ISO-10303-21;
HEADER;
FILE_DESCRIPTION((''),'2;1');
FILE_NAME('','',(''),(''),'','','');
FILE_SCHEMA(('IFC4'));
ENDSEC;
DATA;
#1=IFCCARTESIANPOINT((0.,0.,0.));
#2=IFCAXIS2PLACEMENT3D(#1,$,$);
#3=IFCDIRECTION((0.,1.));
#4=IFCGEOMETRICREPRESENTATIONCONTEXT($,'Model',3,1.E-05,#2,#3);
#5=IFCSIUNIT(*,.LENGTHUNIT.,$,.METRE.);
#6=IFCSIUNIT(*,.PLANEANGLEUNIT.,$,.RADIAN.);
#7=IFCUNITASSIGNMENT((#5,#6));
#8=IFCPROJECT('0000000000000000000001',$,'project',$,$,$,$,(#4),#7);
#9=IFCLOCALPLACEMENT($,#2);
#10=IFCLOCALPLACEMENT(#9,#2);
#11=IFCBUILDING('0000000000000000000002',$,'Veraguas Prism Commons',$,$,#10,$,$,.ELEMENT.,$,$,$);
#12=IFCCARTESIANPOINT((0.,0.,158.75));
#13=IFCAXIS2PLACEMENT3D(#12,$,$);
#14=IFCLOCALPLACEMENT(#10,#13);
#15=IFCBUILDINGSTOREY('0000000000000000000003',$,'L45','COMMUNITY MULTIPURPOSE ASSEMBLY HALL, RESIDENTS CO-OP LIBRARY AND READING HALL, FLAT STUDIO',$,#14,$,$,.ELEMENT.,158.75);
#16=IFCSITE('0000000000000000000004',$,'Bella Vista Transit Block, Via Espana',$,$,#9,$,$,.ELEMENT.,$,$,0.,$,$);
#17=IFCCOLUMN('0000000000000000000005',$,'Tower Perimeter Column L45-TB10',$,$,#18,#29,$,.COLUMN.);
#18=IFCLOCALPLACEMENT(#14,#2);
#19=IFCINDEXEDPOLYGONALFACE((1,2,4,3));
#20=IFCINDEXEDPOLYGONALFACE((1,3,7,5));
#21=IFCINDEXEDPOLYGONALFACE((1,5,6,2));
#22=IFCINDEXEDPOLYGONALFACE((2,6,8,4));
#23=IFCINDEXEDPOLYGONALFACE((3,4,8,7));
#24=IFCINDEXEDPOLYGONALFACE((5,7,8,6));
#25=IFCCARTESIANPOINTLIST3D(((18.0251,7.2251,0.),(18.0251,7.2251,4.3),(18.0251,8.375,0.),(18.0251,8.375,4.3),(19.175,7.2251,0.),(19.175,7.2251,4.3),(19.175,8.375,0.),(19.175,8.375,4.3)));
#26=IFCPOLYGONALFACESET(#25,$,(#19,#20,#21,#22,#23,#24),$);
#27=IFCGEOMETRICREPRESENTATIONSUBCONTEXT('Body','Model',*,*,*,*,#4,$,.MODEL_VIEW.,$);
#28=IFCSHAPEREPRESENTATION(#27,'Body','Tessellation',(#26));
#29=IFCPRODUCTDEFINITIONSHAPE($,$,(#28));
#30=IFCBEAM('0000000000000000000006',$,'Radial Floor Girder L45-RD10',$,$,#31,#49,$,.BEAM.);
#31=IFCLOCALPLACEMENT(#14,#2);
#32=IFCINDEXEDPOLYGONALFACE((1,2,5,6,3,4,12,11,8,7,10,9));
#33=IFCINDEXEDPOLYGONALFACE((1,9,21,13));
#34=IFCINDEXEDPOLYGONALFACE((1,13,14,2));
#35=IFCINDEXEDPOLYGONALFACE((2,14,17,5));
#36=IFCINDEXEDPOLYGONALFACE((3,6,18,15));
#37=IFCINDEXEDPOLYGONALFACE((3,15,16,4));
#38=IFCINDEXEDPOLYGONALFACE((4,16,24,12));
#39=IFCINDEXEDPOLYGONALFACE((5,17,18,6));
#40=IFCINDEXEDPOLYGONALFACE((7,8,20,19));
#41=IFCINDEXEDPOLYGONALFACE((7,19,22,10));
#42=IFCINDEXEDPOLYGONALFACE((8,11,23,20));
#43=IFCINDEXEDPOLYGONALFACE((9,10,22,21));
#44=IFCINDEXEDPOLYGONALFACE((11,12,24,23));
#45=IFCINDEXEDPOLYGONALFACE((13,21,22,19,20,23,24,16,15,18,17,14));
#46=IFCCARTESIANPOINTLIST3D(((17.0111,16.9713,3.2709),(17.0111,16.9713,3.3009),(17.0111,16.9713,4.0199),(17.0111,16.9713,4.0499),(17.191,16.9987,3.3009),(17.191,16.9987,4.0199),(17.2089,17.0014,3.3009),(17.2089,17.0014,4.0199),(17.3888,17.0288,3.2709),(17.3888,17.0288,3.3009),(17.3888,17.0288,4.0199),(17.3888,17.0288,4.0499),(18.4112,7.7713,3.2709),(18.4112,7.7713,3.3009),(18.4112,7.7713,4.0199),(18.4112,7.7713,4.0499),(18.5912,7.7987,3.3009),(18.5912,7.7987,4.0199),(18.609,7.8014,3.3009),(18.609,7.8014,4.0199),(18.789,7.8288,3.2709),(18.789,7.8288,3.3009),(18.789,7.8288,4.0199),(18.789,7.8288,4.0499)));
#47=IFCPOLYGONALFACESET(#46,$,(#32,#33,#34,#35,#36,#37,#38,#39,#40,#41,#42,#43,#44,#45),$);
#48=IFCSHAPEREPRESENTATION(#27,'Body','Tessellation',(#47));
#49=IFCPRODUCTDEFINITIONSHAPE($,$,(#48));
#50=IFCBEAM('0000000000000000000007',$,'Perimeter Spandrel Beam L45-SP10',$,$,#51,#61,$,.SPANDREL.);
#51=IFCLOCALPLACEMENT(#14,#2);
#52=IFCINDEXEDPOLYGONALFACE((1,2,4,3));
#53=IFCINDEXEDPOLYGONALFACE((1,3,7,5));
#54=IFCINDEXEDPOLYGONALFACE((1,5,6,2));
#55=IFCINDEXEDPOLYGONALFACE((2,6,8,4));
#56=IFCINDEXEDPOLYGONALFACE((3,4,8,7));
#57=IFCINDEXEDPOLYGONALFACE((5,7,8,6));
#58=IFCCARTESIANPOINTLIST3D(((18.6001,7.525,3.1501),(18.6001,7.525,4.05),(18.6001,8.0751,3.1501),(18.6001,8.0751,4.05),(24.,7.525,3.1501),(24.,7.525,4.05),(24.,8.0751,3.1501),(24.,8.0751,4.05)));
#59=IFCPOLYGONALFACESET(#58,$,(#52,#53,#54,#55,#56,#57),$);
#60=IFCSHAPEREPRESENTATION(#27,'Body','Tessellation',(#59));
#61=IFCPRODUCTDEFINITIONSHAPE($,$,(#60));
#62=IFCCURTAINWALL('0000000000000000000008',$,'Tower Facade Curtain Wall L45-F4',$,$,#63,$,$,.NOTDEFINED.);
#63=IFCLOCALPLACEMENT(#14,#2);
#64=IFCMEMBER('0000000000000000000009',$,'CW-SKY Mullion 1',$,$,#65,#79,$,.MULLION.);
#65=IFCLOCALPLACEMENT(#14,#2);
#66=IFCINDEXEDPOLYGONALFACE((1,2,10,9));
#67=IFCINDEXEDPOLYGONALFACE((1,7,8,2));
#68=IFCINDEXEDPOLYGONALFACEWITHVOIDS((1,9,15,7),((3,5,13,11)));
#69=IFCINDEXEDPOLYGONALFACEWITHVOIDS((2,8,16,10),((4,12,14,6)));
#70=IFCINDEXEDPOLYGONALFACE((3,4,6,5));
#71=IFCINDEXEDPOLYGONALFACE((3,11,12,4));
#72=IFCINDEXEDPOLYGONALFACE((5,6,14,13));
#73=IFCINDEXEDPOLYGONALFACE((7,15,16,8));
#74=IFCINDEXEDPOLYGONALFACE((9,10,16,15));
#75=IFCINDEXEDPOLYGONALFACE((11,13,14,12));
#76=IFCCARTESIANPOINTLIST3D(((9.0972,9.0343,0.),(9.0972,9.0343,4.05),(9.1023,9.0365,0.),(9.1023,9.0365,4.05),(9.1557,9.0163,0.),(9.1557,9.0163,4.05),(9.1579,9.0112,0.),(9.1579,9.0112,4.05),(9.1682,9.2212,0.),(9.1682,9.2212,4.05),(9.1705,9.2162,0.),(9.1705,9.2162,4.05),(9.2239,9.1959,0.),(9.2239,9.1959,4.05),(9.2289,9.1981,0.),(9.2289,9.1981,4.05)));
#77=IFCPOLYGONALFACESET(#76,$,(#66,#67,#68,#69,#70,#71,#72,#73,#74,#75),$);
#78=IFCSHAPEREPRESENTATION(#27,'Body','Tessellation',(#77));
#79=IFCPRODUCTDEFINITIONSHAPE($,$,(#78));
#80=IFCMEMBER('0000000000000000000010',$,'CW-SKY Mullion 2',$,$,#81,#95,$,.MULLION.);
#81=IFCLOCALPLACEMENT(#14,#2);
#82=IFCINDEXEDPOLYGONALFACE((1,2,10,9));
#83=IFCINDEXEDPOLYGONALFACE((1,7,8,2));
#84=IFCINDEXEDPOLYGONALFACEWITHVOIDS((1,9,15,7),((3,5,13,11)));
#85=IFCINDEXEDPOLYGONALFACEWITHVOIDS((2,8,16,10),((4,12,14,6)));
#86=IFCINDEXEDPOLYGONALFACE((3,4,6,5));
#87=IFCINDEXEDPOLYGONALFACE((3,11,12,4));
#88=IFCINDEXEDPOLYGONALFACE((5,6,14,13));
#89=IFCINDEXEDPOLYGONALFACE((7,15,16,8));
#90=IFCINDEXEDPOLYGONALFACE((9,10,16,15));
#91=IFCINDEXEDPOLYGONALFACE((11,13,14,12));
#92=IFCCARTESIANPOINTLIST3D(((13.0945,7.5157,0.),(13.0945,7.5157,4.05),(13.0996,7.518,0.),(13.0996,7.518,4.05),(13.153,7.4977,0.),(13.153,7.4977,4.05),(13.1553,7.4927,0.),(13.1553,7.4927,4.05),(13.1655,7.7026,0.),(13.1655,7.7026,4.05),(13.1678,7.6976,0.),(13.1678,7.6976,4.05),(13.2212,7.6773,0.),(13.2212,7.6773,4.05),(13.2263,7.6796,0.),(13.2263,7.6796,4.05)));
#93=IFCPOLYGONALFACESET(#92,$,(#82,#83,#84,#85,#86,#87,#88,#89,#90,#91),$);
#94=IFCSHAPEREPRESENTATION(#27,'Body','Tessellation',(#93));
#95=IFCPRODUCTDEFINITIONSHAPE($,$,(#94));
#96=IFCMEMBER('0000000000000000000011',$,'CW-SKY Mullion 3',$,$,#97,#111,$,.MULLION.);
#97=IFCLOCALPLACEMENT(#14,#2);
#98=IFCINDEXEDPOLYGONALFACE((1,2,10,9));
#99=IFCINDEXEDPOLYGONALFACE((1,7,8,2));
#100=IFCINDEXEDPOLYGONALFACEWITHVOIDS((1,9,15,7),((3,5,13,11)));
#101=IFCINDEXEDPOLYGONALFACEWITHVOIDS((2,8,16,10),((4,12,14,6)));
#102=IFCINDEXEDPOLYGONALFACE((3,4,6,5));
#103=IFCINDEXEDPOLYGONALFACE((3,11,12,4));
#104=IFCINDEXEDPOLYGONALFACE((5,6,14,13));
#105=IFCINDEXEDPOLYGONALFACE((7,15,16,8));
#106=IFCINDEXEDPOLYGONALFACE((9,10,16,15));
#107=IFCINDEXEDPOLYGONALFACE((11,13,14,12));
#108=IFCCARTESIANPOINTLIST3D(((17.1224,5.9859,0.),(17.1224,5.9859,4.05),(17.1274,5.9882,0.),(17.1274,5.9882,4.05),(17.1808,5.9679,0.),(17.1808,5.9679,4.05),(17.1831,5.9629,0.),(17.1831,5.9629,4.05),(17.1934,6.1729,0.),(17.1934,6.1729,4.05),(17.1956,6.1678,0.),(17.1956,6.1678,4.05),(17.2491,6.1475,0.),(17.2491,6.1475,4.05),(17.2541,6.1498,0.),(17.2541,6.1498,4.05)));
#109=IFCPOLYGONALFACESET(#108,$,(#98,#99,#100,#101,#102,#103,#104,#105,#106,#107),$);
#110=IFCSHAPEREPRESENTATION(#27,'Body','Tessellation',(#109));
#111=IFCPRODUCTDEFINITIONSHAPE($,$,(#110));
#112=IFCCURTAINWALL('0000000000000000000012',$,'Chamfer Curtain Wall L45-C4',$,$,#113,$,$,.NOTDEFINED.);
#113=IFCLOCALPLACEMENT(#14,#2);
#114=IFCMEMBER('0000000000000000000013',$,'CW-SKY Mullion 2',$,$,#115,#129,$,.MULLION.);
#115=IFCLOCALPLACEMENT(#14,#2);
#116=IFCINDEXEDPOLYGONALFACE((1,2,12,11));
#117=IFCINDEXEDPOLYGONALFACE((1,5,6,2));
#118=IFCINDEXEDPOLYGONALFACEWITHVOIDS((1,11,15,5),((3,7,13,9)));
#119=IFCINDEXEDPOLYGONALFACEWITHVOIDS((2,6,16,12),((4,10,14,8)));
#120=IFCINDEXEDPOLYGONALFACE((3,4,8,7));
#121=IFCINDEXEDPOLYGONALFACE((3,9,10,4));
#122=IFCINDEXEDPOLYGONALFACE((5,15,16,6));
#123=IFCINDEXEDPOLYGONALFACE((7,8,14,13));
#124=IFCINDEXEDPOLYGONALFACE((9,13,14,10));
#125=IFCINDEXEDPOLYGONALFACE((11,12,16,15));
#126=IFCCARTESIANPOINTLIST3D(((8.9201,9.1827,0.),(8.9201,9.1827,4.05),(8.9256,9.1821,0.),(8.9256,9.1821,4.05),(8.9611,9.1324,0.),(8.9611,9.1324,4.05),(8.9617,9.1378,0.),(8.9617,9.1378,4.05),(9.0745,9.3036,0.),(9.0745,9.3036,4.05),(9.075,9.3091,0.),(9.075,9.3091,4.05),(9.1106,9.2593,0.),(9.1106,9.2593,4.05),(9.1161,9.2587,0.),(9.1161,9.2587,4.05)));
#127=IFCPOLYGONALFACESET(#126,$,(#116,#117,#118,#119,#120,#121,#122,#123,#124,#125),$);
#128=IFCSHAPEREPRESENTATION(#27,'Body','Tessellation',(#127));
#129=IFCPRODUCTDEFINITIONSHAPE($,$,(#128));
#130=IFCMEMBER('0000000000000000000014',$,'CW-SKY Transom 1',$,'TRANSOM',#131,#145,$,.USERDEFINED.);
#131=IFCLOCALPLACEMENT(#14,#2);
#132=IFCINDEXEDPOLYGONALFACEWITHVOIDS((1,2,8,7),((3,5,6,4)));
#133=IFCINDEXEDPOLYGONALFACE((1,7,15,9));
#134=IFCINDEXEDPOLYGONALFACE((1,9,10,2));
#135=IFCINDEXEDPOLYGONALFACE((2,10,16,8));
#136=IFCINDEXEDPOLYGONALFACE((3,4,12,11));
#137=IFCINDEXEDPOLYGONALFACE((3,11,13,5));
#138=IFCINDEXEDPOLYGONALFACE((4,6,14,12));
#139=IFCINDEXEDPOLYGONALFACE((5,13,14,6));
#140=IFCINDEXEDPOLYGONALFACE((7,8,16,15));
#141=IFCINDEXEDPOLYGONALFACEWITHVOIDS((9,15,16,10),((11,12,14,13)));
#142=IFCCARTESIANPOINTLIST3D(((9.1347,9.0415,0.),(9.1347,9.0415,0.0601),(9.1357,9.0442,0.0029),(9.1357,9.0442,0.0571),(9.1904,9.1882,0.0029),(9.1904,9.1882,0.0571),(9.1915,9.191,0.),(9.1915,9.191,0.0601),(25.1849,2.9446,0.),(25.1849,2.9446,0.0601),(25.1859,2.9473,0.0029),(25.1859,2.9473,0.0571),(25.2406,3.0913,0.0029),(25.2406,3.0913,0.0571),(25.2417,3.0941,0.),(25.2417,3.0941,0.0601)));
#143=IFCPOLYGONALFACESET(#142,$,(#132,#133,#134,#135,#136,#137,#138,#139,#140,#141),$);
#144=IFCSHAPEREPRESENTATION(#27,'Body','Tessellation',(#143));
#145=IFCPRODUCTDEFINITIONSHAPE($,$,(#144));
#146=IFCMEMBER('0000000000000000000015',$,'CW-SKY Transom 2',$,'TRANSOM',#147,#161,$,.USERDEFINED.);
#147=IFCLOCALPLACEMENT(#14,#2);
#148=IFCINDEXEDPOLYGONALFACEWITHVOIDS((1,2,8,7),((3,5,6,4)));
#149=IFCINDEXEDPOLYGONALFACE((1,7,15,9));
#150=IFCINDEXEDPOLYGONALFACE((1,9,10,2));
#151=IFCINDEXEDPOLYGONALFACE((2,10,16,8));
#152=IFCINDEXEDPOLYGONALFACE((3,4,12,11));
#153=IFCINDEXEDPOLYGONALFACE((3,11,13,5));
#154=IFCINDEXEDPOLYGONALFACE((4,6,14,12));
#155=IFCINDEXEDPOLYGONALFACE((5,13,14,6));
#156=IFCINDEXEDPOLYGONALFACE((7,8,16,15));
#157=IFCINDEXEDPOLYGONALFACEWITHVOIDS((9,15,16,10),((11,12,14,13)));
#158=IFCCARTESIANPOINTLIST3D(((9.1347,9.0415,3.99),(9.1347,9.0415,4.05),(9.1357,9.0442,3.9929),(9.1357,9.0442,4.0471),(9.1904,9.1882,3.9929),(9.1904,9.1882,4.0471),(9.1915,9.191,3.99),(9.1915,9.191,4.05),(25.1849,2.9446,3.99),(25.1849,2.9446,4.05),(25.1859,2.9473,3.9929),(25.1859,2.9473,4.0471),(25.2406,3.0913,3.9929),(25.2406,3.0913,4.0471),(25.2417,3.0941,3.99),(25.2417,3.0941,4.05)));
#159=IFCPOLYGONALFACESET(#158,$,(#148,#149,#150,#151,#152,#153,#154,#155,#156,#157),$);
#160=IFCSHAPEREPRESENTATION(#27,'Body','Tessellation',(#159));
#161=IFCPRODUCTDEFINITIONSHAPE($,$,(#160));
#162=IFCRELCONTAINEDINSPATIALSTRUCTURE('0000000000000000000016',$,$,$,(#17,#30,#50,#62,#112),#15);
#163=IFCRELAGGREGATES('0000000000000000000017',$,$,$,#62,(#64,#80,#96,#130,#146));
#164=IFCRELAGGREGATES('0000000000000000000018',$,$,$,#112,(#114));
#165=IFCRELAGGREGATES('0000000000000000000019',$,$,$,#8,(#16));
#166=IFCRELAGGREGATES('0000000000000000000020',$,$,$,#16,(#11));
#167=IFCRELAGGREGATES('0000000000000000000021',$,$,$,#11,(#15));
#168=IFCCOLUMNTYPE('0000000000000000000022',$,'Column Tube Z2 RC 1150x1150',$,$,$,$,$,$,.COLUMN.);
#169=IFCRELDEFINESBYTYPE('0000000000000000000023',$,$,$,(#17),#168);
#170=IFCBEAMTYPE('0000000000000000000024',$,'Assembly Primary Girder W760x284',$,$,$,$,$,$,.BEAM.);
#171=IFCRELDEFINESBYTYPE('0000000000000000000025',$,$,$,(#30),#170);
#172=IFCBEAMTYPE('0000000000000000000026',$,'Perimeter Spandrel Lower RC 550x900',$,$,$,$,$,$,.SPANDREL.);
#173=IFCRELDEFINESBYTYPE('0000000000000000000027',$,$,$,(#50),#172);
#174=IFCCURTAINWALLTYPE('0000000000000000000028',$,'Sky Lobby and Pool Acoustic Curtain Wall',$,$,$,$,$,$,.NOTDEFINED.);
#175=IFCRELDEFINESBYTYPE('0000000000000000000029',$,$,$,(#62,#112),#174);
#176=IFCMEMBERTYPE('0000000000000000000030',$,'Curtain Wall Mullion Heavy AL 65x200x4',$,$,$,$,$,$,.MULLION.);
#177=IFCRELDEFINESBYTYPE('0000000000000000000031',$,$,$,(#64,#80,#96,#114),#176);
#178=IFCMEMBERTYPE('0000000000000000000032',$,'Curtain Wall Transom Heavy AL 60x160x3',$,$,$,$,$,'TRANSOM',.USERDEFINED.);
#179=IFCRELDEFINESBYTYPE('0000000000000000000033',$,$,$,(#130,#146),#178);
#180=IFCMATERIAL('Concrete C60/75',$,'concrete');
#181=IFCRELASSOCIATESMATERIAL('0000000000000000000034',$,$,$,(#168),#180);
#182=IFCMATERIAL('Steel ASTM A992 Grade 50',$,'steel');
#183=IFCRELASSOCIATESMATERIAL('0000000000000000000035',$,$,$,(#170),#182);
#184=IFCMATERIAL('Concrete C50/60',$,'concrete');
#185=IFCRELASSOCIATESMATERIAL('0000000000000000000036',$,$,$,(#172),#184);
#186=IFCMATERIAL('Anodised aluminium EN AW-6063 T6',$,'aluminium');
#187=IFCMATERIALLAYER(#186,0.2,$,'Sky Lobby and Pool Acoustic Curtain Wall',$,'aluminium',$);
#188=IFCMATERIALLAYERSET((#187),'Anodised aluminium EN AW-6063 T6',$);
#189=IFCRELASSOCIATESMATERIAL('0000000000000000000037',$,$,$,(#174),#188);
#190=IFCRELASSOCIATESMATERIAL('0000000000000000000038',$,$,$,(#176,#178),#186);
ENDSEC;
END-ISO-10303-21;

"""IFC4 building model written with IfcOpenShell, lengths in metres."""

from ifc_helpers import new_model, si_unit, direction, frame, origin, origin_2d, place, context, subcontext, project, spatial, rectangle, hollow_rectangle, i_section, extrude, source, transform, mapped, material, layer, layer_set, material_profile, profile_set, type_object, element, aggregate, save


model = new_model("IFC4")

# Units and contexts
model_context = context("Model", 3, precision=1e-05, world=origin(), true_north=direction((0.0, 1.0)))
body_context = subcontext(model_context, "Body", "Model", "MODEL_VIEW")
ifc_project = project(units=[si_unit("LENGTHUNIT", "METRE"), si_unit("PLANEANGLEUNIT", "RADIAN")], contexts=[model_context])

# Site, building, storey
site_placement = place(None, origin())
site = spatial("IfcSite", under=ifc_project, at=site_placement, Name="Bella Vista Transit Block, Via Espana", CompositionType="ELEMENT", RefElevation=0.0)
building_placement = place(site_placement, origin())
building = spatial("IfcBuilding", under=site, at=building_placement, Name="Veraguas Prism Commons", CompositionType="ELEMENT")
storey_placement = place(building_placement, frame((0.0, 0.0, 158.75)))
storey = spatial("IfcBuildingStorey", under=building, at=storey_placement, Name="L45", Description="COMMUNITY MULTIPURPOSE ASSEMBLY HALL, RESIDENTS CO-OP LIBRARY AND READING HALL, FLAT STUDIO", CompositionType="ELEMENT", Elevation=158.75)

# Column
ifc_material_1 = material(Name="Concrete C60/75", Category="concrete")
ifc_material_profile_1 = material_profile(ifc_material_1, rectangle(XDim=1.1499, YDim=1.1499, at=origin_2d()), Name="RC1150X1150")
ifc_profile_set_1 = profile_set([ifc_material_profile_1], Name="Concrete C60/75")
column_type = type_object("IfcColumnType", Name="Column Tube Z2 RC 1150x1150", PredefinedType="COLUMN", material=ifc_profile_set_1)
column_placement = place(storey_placement, frame((18.6001, 7.8, 0.0), z_axis=(0.0, 0.0, 1.0), x_axis=(1.0, 0.0, 0.0)))
element("IfcColumn", 1, at=column_placement, inside=storey, type_object=column_type, Name="Tower Perimeter Column L45-TB10", PredefinedType="COLUMN", context=body_context, shape_type="SweptSolid", body=[
    extrude(rectangle(XDim=1.1499, YDim=1.1499, at=origin_2d()), origin(), (0.0, 0.0, 1.0), 4.3),
])

# Beams
ifc_material_2 = material(Name="Steel ASTM A992 Grade 50", Category="steel")
ifc_material_profile_2 = material_profile(ifc_material_2, i_section(OverallWidth=0.3821, OverallDepth=0.7791, WebThickness=0.0181, FlangeThickness=0.03, at=origin_2d()), Name="W760X284")
ifc_profile_set_2 = profile_set([ifc_material_profile_2], Name="Steel ASTM A992 Grade 50")
beam_type_1 = type_object("IfcBeamType", Name="Assembly Primary Girder W760x284", PredefinedType="BEAM", material=ifc_profile_set_2)
beam_1_placement = place(storey_placement, frame((18.6001, 7.8, 3.6604), z_axis=(-0.150458, 0.988616, 0.0), x_axis=(-0.988616, -0.150458, 0.0)))
element("IfcBeam", 2, at=beam_1_placement, inside=storey, type_object=beam_type_1, Name="Radial Floor Girder L45-RD10", PredefinedType="BEAM", context=body_context, shape_type="SweptSolid", body=[
    extrude(i_section(OverallWidth=0.3821, OverallDepth=0.7791, WebThickness=0.0181, FlangeThickness=0.03, at=origin_2d()), origin(), (0.0, 0.0, 1.0), 9.3059),
])
ifc_material_3 = material(Name="Concrete C50/60", Category="concrete")
ifc_material_profile_3 = material_profile(ifc_material_3, rectangle(XDim=0.55, YDim=0.8999, at=origin_2d()), Name="RC550X900")
ifc_profile_set_3 = profile_set([ifc_material_profile_3], Name="Concrete C50/60")
beam_type_2 = type_object("IfcBeamType", Name="Perimeter Spandrel Lower RC 550x900", PredefinedType="SPANDREL", material=ifc_profile_set_3)
beam_2_placement = place(storey_placement, frame((18.6001, 7.8, 3.6001), z_axis=(1.0, 0.0, 0.0), x_axis=(0.0, 1.0, 0.0)))
element("IfcBeam", 3, at=beam_2_placement, inside=storey, type_object=beam_type_2, Name="Perimeter Spandrel Beam L45-SP10", PredefinedType="SPANDREL", context=body_context, shape_type="SweptSolid", body=[
    extrude(rectangle(XDim=0.55, YDim=0.8999, at=origin_2d()), origin(), (0.0, 0.0, 1.0), 5.3999),
])

# Curtain wall, members
ifc_material_4 = material(Name="Anodised aluminium EN AW-6063 T6", Category="aluminium")
ifc_layer_1 = layer(ifc_material_4, 0.2, Name="Sky Lobby and Pool Acoustic Curtain Wall", Category="aluminium")
ifc_layer_set_1 = layer_set([ifc_layer_1], Name="Anodised aluminium EN AW-6063 T6")
curtain_wall_type = type_object("IfcCurtainWallType", Name="Sky Lobby and Pool Acoustic Curtain Wall", PredefinedType="NOTDEFINED", material=ifc_layer_set_1)
curtain_wall_1_placement = place(storey_placement, origin())
curtain_wall_1 = element("IfcCurtainWall", 4, at=curtain_wall_1_placement, inside=storey, type_object=curtain_wall_type, Name="Tower Facade Curtain Wall L45-F4", PredefinedType="NOTDEFINED")
ifc_material_profile_4 = material_profile(ifc_material_4, hollow_rectangle(XDim=0.0649, YDim=0.2, WallThickness=0.0039, at=origin_2d()), Name="AL65X200X4")
ifc_profile_set_4 = profile_set([ifc_material_profile_4], Name="Anodised aluminium EN AW-6063 T6")
member_type_1 = type_object("IfcMemberType", Name="Curtain Wall Mullion Heavy AL 65x200x4", PredefinedType="MULLION", material=ifc_profile_set_4)
shared_shape_1 = source(origin(), body_context, "Body", "SweptSolid", [
    extrude(hollow_rectangle(XDim=0.0649, YDim=0.2, WallThickness=0.0039, at=origin_2d()), origin(), (0.0, 0.0, 1.0), 4.05),
])
member_1_placement = place(storey_placement, frame((9.1631, 9.1162, 0.0), z_axis=(0.0, 0.0, 1.0), x_axis=(0.934824, -0.35511, 0.0)))
member_1 = element("IfcMember", 5, at=member_1_placement, type_object=member_type_1, Name="CW-SKY Mullion 1", PredefinedType="MULLION", context=body_context, shape_type="MappedRepresentation", body=[
    mapped(shared_shape_1, transform((0.0, 0.0, 0.0), scale=1.0)),
])
member_2_placement = place(storey_placement, frame((13.1604, 7.5977, 0.0), z_axis=(0.0, 0.0, 1.0), x_axis=(0.934824, -0.35511, 0.0)))
member_2 = element("IfcMember", 6, at=member_2_placement, type_object=member_type_1, Name="CW-SKY Mullion 2", PredefinedType="MULLION", context=body_context, shape_type="MappedRepresentation", body=[
    mapped(shared_shape_1, transform((0.0, 0.0, 0.0), scale=1.0)),
])
member_3_placement = place(storey_placement, frame((17.1882, 6.0679, 0.0), z_axis=(0.0, 0.0, 1.0), x_axis=(0.934824, -0.35511, 0.0)))
member_3 = element("IfcMember", 7, at=member_3_placement, type_object=member_type_1, Name="CW-SKY Mullion 3", PredefinedType="MULLION", context=body_context, shape_type="MappedRepresentation", body=[
    mapped(shared_shape_1, transform((0.0, 0.0, 0.0), scale=1.0)),
])

# Curtain wall, member
curtain_wall_2_placement = place(storey_placement, origin())
curtain_wall_2 = element("IfcCurtainWall", 8, at=curtain_wall_2_placement, inside=storey, type_object=curtain_wall_type, Name="Chamfer Curtain Wall L45-C4", PredefinedType="NOTDEFINED")
member_4_placement = place(storey_placement, frame((9.0181, 9.2207, 0.0), z_axis=(0.0, 0.0, 1.0), x_axis=(0.632041, -0.774935, 0.0)))
member_4 = element("IfcMember", 9, at=member_4_placement, type_object=member_type_1, Name="CW-SKY Mullion 2", PredefinedType="MULLION", context=body_context, shape_type="MappedRepresentation", body=[
    mapped(shared_shape_1, transform((0.0, 0.0, 0.0), scale=1.0)),
])

# Members
ifc_material_profile_5 = material_profile(ifc_material_4, hollow_rectangle(XDim=0.0601, YDim=0.1599, WallThickness=0.0029, at=origin_2d()), Name="AL60X160X3")
ifc_profile_set_5 = profile_set([ifc_material_profile_5], Name="Anodised aluminium EN AW-6063 T6")
member_type_2 = type_object("IfcMemberType", Name="Curtain Wall Transom Heavy AL 60x160x3", ElementType="TRANSOM", PredefinedType="USERDEFINED", material=ifc_profile_set_5)
shared_shape_2 = source(origin(), body_context, "Body", "SweptSolid", [
    extrude(hollow_rectangle(XDim=0.0601, YDim=0.1599, WallThickness=0.0029, at=origin_2d()), origin(), (0.0, 0.0, 1.0), 17.1692),
])
member_5_placement = place(storey_placement, frame((9.1631, 9.1162, 0.03), z_axis=(0.934826, -0.355106, 0.0), x_axis=(0.0, 0.0, 1.0)))
member_5 = element("IfcMember", 10, at=member_5_placement, type_object=member_type_2, Name="CW-SKY Transom 1", ObjectType="TRANSOM", PredefinedType="USERDEFINED", context=body_context, shape_type="MappedRepresentation", body=[
    mapped(shared_shape_2, transform((0.0, 0.0, 0.0), scale=1.0)),
])
member_6_placement = place(storey_placement, frame((9.1631, 9.1162, 4.02), z_axis=(0.934826, -0.355106, 0.0), x_axis=(0.0, 0.0, 1.0)))
member_6 = element("IfcMember", 11, at=member_6_placement, type_object=member_type_2, Name="CW-SKY Transom 2", ObjectType="TRANSOM", PredefinedType="USERDEFINED", context=body_context, shape_type="MappedRepresentation", body=[
    mapped(shared_shape_2, transform((0.0, 0.0, 0.0), scale=1.0)),
])

aggregate(curtain_wall_1, [member_1, member_2, member_3, member_5, member_6])
aggregate(curtain_wall_2, [member_4])

save(model, "model.ifc")
